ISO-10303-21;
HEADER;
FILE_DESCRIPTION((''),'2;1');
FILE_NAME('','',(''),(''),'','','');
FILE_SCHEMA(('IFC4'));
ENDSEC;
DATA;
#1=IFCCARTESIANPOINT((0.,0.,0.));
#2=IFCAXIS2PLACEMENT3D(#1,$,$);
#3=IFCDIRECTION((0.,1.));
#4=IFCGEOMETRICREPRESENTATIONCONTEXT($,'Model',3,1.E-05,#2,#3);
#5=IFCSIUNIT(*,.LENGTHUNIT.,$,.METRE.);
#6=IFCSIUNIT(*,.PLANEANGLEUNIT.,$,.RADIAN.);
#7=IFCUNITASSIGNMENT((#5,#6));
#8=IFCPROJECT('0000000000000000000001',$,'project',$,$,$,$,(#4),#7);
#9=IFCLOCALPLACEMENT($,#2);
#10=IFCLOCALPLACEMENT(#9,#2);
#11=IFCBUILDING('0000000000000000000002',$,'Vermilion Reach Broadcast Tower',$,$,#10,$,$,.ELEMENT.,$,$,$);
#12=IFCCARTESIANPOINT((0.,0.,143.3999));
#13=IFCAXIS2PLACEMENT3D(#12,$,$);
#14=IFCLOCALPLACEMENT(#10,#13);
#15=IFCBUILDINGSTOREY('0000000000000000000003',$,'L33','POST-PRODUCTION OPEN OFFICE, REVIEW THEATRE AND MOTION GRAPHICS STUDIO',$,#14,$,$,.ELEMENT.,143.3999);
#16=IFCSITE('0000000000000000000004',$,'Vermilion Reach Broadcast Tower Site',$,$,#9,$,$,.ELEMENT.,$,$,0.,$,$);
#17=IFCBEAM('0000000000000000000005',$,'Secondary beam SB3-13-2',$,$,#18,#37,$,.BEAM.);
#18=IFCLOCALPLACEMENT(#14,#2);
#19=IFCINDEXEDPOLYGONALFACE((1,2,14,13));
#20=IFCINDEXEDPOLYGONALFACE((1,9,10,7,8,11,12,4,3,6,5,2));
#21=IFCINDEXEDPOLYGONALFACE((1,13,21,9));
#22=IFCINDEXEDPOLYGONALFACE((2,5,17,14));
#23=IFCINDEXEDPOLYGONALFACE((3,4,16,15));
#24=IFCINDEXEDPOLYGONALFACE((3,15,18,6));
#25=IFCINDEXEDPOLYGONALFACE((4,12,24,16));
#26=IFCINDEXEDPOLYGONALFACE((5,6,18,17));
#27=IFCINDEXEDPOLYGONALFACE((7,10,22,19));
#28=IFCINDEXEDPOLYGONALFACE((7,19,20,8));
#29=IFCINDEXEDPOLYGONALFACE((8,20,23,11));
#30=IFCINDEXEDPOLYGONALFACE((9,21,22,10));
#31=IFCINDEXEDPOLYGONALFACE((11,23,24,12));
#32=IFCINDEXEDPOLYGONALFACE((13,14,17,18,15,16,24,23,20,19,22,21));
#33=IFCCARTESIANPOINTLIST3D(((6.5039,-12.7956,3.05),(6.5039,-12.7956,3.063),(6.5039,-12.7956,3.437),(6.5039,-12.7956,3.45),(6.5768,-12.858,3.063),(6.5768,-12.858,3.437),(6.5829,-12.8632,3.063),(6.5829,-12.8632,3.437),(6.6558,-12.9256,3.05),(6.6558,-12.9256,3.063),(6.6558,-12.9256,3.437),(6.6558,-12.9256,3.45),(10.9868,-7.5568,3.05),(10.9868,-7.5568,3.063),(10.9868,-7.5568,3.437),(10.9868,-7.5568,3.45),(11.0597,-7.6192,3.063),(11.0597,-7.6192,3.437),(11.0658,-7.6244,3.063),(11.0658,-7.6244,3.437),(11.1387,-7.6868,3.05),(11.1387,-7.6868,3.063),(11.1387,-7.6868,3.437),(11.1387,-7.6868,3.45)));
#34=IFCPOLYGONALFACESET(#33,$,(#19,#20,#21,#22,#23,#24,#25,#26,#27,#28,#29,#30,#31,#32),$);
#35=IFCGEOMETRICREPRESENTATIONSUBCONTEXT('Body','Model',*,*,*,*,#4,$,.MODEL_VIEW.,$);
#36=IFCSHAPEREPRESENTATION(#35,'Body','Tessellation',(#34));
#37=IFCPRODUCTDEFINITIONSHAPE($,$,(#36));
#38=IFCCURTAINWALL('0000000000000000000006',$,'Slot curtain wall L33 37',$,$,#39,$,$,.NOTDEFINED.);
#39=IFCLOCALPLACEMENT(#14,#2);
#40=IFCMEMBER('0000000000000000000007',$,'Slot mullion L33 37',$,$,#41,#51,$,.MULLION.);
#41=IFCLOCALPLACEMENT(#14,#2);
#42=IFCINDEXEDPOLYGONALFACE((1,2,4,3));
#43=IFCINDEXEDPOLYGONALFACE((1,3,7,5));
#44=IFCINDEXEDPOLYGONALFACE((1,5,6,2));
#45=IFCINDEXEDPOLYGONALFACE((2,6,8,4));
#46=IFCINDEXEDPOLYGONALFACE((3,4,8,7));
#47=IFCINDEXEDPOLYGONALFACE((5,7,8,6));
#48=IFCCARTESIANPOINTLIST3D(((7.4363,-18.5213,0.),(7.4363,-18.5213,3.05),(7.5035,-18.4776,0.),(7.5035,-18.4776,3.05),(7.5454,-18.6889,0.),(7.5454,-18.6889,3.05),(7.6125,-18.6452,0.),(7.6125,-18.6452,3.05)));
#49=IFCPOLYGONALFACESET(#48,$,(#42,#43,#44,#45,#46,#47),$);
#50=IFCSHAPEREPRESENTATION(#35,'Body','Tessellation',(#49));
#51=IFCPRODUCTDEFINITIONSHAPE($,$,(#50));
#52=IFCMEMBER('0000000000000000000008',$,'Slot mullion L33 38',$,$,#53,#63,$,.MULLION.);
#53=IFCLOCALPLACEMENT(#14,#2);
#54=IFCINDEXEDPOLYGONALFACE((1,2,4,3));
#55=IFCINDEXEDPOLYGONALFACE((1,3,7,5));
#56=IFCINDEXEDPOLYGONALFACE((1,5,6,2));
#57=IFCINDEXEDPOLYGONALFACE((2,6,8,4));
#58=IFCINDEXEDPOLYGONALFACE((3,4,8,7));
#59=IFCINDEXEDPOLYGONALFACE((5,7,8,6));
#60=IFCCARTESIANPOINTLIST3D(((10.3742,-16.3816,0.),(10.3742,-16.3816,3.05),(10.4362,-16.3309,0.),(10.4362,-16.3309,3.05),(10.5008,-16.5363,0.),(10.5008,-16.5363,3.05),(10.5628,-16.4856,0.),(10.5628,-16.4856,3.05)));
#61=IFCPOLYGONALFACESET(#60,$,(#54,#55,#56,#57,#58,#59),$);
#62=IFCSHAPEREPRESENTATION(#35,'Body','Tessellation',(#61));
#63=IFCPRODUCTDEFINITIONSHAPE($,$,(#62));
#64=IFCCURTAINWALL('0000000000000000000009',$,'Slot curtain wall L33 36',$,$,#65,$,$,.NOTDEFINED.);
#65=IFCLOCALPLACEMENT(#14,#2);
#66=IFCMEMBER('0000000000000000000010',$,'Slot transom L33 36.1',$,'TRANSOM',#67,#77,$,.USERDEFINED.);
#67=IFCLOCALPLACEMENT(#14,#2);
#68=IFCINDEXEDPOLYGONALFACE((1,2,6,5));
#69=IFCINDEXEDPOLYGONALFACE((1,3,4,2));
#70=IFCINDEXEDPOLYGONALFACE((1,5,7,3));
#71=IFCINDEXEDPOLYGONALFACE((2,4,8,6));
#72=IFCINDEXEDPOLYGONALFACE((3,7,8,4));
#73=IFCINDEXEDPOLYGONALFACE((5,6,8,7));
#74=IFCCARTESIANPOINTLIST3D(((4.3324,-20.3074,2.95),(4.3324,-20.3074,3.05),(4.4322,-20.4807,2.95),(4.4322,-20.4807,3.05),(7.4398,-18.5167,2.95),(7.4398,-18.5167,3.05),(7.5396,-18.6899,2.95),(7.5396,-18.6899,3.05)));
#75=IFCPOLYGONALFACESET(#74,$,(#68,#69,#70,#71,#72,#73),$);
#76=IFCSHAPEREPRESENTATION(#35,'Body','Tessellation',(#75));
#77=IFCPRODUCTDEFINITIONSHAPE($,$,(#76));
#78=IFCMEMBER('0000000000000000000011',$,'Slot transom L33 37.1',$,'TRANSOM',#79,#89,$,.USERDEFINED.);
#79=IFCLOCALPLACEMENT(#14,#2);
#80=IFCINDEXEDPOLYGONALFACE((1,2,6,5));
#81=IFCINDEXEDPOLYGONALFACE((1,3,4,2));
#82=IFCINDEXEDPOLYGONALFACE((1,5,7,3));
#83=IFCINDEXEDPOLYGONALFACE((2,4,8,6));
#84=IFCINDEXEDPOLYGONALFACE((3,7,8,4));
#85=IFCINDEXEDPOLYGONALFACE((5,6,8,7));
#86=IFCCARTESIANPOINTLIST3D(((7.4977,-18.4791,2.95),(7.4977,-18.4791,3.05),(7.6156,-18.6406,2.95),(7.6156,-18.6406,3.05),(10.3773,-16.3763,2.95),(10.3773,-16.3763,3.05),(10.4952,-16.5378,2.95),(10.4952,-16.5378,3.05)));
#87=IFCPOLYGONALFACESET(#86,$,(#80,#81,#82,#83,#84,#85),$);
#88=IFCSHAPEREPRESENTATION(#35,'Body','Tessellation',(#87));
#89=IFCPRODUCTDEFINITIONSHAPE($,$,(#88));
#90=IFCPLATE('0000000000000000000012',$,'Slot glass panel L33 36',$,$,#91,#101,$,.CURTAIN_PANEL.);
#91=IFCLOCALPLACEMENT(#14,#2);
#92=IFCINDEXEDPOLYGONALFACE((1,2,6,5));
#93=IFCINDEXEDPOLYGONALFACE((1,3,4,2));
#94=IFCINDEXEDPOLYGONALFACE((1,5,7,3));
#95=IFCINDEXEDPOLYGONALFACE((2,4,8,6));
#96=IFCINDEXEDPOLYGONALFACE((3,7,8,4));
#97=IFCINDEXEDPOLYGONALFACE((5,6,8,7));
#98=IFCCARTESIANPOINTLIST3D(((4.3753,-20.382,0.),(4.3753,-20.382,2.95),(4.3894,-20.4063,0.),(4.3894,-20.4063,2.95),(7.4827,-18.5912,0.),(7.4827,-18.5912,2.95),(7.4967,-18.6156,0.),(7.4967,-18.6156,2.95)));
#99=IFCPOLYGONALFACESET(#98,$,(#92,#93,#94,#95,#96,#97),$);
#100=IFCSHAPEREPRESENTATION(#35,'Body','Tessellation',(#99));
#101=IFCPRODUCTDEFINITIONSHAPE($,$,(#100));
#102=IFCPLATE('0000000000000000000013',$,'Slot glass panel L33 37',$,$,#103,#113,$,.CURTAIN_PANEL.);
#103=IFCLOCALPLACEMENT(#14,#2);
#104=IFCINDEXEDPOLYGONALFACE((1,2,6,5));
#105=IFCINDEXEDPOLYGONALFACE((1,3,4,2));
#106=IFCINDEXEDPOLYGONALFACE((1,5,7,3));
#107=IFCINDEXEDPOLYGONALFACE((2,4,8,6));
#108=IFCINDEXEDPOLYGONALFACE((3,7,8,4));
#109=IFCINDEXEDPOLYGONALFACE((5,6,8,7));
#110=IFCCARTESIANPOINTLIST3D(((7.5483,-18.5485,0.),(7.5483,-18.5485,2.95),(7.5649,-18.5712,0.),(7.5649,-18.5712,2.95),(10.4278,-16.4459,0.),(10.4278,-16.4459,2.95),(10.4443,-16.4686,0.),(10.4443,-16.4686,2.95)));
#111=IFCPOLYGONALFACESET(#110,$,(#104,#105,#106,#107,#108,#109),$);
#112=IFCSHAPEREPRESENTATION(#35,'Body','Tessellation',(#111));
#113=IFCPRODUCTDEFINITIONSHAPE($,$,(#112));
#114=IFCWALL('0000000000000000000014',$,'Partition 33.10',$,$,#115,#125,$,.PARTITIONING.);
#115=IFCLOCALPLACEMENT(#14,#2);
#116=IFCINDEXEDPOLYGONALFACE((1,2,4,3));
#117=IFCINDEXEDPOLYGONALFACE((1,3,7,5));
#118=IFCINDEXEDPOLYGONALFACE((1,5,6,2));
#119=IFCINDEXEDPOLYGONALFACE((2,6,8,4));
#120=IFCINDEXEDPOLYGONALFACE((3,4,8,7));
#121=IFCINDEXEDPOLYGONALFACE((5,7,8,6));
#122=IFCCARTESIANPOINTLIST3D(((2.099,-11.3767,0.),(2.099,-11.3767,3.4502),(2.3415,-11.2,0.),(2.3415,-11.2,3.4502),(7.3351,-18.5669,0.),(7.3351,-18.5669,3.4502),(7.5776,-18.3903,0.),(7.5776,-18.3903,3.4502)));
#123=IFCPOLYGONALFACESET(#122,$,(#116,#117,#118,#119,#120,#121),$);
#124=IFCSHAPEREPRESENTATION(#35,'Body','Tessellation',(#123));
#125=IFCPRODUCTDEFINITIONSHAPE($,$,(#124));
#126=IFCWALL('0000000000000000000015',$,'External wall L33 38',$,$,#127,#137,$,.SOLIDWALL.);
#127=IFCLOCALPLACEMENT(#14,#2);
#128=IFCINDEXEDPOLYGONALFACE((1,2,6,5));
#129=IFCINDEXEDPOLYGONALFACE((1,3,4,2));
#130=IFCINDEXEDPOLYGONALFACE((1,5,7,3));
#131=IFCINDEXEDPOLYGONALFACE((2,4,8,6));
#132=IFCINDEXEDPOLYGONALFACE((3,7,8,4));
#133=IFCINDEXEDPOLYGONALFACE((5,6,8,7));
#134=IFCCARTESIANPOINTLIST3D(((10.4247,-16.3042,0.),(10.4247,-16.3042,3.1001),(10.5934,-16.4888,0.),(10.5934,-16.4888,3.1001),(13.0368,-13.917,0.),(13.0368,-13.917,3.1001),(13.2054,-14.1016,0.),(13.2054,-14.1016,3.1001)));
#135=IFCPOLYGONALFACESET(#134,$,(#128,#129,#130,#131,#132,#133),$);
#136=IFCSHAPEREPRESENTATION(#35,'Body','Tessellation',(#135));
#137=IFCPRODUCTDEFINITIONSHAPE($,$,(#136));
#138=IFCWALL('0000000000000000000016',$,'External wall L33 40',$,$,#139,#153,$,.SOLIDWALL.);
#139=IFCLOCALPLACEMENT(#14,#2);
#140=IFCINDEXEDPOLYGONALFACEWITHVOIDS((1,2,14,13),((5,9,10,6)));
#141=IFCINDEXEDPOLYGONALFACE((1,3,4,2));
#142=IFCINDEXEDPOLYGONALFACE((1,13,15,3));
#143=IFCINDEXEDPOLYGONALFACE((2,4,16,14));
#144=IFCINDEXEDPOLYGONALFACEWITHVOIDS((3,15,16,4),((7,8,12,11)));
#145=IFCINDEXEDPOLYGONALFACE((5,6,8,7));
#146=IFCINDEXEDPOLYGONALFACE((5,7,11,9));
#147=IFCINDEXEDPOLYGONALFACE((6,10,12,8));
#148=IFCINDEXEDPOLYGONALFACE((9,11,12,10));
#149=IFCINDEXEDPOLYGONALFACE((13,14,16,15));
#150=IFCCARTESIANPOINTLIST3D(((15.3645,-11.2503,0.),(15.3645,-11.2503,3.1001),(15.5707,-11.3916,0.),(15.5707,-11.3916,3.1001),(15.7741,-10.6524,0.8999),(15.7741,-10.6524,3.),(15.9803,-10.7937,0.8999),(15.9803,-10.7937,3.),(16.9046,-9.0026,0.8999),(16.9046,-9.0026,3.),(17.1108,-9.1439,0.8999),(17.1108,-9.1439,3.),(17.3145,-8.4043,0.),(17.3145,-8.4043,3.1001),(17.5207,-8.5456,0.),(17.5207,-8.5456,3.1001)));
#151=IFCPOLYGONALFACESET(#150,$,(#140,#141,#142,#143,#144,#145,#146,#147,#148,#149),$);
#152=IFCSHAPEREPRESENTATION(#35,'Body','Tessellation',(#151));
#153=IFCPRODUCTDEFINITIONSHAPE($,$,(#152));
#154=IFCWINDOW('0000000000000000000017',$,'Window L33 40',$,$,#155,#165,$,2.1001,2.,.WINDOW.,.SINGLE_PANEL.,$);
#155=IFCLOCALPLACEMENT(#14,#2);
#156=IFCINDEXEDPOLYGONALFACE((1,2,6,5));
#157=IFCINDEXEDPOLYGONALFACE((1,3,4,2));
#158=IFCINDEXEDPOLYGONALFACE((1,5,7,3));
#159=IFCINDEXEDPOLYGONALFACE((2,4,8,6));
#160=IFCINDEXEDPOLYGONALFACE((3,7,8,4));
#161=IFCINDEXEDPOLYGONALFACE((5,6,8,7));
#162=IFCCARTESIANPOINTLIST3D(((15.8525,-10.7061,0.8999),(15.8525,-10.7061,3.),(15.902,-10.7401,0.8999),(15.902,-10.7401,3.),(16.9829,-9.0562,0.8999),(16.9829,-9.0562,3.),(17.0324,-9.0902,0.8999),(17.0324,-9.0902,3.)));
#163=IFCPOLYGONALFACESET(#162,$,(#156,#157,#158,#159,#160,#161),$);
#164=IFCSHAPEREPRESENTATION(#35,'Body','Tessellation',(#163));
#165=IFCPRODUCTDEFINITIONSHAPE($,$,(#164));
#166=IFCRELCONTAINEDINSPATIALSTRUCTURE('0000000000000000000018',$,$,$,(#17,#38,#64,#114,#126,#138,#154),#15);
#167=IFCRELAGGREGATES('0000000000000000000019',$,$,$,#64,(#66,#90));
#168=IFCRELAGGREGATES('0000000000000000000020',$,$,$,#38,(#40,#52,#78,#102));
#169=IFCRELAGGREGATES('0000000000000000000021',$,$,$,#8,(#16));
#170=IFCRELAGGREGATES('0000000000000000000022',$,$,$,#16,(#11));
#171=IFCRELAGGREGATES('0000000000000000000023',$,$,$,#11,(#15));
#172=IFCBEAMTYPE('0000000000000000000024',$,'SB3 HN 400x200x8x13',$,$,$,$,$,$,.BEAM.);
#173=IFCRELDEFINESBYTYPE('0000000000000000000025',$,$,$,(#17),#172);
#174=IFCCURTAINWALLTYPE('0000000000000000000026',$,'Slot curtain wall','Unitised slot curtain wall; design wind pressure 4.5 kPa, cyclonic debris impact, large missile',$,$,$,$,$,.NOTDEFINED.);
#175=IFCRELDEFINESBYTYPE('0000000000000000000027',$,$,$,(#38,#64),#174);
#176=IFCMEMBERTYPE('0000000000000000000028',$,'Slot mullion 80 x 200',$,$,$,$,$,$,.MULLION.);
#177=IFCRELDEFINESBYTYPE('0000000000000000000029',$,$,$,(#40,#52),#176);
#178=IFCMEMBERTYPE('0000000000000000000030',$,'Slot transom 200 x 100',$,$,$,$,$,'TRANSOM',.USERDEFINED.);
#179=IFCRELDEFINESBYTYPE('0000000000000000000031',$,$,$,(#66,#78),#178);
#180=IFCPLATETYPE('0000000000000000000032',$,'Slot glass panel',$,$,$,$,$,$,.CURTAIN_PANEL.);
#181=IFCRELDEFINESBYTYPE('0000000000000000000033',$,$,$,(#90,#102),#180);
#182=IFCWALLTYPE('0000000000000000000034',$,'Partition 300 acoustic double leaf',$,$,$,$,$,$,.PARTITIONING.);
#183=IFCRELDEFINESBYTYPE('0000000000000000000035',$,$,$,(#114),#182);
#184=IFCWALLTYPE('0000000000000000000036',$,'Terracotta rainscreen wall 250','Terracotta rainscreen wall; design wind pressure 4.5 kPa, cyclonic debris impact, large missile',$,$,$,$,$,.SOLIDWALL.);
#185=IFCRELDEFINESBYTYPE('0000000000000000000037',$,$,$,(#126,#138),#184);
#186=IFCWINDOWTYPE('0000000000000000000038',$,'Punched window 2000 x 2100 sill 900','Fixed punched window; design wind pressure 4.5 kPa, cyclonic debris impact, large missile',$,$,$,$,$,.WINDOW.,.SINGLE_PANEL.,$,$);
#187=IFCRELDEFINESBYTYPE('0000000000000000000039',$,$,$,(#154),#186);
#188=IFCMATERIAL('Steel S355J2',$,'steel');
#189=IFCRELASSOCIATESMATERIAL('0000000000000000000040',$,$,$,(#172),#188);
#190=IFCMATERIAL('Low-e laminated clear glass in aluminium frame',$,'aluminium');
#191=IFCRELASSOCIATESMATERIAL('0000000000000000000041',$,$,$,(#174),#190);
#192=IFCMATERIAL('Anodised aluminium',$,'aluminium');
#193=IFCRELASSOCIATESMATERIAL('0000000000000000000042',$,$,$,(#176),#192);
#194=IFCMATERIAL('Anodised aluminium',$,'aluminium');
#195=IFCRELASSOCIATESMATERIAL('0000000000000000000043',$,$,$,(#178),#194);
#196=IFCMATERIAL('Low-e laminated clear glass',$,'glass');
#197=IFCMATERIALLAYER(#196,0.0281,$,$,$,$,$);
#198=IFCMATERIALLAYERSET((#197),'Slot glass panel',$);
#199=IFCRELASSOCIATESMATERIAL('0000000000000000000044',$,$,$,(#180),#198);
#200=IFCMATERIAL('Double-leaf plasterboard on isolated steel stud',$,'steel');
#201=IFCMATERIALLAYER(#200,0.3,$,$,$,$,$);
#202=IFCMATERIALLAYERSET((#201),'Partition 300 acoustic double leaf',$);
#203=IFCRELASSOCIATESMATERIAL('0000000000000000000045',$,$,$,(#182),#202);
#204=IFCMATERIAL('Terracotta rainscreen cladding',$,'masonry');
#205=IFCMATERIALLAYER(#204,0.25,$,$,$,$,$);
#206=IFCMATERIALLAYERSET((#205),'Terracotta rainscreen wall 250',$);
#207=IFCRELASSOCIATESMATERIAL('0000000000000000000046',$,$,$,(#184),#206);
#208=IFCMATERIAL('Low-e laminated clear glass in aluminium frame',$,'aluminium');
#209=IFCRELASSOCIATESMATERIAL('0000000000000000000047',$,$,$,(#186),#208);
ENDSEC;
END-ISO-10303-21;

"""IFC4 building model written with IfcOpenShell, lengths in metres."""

from ifc_helpers import new_model, si_unit, direction, frame, frame_2d, origin, origin_2d, place, context, subcontext, project, spatial, rectangle, i_section, extrude, material, layer, layer_set, material_profile, profile_set, type_object, element, fill, aggregate, save


model = new_model("IFC4")

# Units and contexts
model_context = context("Model", 3, precision=1e-05, world=origin(), true_north=direction((0.0, 1.0)))
body_context = subcontext(model_context, "Body", "Model", "MODEL_VIEW")
ifc_project = project(units=[si_unit("LENGTHUNIT", "METRE"), si_unit("PLANEANGLEUNIT", "RADIAN")], contexts=[model_context])

# Site, building, storey
site_placement = place(None, origin())
site = spatial("IfcSite", under=ifc_project, at=site_placement, Name="Vermilion Reach Broadcast Tower Site", CompositionType="ELEMENT", RefElevation=0.0)
building_placement = place(site_placement, origin())
building = spatial("IfcBuilding", under=site, at=building_placement, Name="Vermilion Reach Broadcast Tower", CompositionType="ELEMENT")
storey_placement = place(building_placement, frame((0.0, 0.0, 143.3999)))
storey = spatial("IfcBuildingStorey", under=building, at=storey_placement, Name="L33", Description="POST-PRODUCTION OPEN OFFICE, REVIEW THEATRE AND MOTION GRAPHICS STUDIO", CompositionType="ELEMENT", Elevation=143.3999)

# Beam
ifc_material_1 = material(Name="Steel S355J2", Category="steel")
ifc_material_profile_1 = material_profile(ifc_material_1, i_section(OverallWidth=0.2, OverallDepth=0.3999, WebThickness=0.0081, FlangeThickness=0.0129, at=origin_2d()), Name="S355J2 HN 400x200x8x13")
ifc_profile_set_1 = profile_set([ifc_material_profile_1], Name="Steel S355J2")
beam_type_1 = type_object("IfcBeamType", Name="SB3 HN 400x200x8x13", PredefinedType="BEAM", material=ifc_profile_set_1)
beam_1_placement = place(storey_placement, frame((6.5798, -12.8606, 3.25), z_axis=(0.650167, 0.759791, 0.0), x_axis=(-0.759791, 0.650167, 0.0)))
element("IfcBeam", 1, at=beam_1_placement, inside=storey, type_object=beam_type_1, Name="Secondary beam SB3-13-2", PredefinedType="BEAM", context=body_context, shape_type="SweptSolid", body=[
    extrude(i_section(OverallWidth=0.2, OverallDepth=0.3999, WebThickness=0.0081, FlangeThickness=0.0129, at=origin_2d()), origin(), (0.0, 0.0, 1.0), 6.895),
])

# Curtain wall, members
ifc_material_2 = material(Name="Low-e laminated clear glass in aluminium frame", Category="aluminium")
curtain_wall_type = type_object("IfcCurtainWallType", Name="Slot curtain wall", Description="Unitised slot curtain wall; design wind pressure 4.5 kPa, cyclonic debris impact, large missile", PredefinedType="NOTDEFINED", material=ifc_material_2)
placement = place(storey_placement, origin())
curtain_wall_1 = element("IfcCurtainWall", 2, at=placement, inside=storey, type_object=curtain_wall_type, Name="Slot curtain wall L33 37", PredefinedType="NOTDEFINED")
ifc_material_3 = material(Name="Anodised aluminium", Category="aluminium")
ifc_material_profile_2 = material_profile(ifc_material_3, rectangle(XDim=0.2, YDim=0.0801, at=origin_2d()), Name="Slot mullion 80 x 200")
ifc_profile_set_2 = profile_set([ifc_material_profile_2], Name="Anodised aluminium")
member_type_1 = type_object("IfcMemberType", Name="Slot mullion 80 x 200", PredefinedType="MULLION", material=ifc_profile_set_2)
member_1_placement = place(storey_placement, frame((7.5244, -18.5833, 0.0), z_axis=(0.0, 0.0, 1.0), x_axis=(-0.545311, 0.838234, 0.0)))
member_1 = element("IfcMember", 3, at=member_1_placement, type_object=member_type_1, Name="Slot mullion L33 37", PredefinedType="MULLION", context=body_context, shape_type="SweptSolid", body=[
    extrude(rectangle(XDim=0.2, YDim=0.0801, at=origin_2d()), origin(), (0.0, 0.0, 1.0), 3.05),
])
member_2_placement = place(storey_placement, frame((10.4685, -16.4336, 0.0), z_axis=(0.0, 0.0, 1.0), x_axis=(-0.633124, 0.77405, 0.0)))
member_2 = element("IfcMember", 4, at=member_2_placement, type_object=member_type_1, Name="Slot mullion L33 38", PredefinedType="MULLION", context=body_context, shape_type="SweptSolid", body=[
    extrude(rectangle(XDim=0.2, YDim=0.0801, at=origin_2d()), origin(), (0.0, 0.0, 1.0), 3.05),
])

# Curtain wall, member
curtain_wall_2 = element("IfcCurtainWall", 5, at=placement, inside=storey, type_object=curtain_wall_type, Name="Slot curtain wall L33 36", PredefinedType="NOTDEFINED")
ifc_material_4 = material(Name="Anodised aluminium", Category="aluminium")
ifc_material_profile_3 = material_profile(ifc_material_4, rectangle(XDim=0.2, YDim=0.1001, at=origin_2d()), Name="Slot transom 200 x 100")
ifc_profile_set_3 = profile_set([ifc_material_profile_3], Name="Anodised aluminium")
member_type_2 = type_object("IfcMemberType", Name="Slot transom 200 x 100", ElementType="TRANSOM", PredefinedType="USERDEFINED", material=ifc_profile_set_3)
member_3_placement = place(storey_placement, frame((4.3823, -20.394, 3.0), z_axis=(0.866423, 0.49931, 0.0), x_axis=(-0.49931, 0.866423, 0.0)))
member_3 = element("IfcMember", 6, at=member_3_placement, type_object=member_type_2, Name="Slot transom L33 36.1", ObjectType="TRANSOM", PredefinedType="USERDEFINED", context=body_context, shape_type="SweptSolid", body=[
    extrude(rectangle(XDim=0.2, YDim=0.1001, at=origin_2d()), origin(), (0.0, 0.0, 1.0), 3.5864),
])

# Member
member_4_placement = place(storey_placement, frame((7.5566, -18.5598, 3.0), z_axis=(0.807601, 0.58973, 0.0), x_axis=(-0.58973, 0.807601, 0.0)))
member_4 = element("IfcMember", 7, at=member_4_placement, type_object=member_type_2, Name="Slot transom L33 37.1", ObjectType="TRANSOM", PredefinedType="USERDEFINED", context=body_context, shape_type="SweptSolid", body=[
    extrude(rectangle(XDim=0.2, YDim=0.1001, at=origin_2d()), origin(), (0.0, 0.0, 1.0), 3.5657),
])

# Plates
ifc_material_5 = material(Name="Low-e laminated clear glass", Category="glass")
ifc_layer_1 = layer(ifc_material_5, 0.0281)
ifc_layer_set_1 = layer_set([ifc_layer_1], Name="Slot glass panel")
plate_type = type_object("IfcPlateType", Name="Slot glass panel", PredefinedType="CURTAIN_PANEL", material=ifc_layer_set_1)
plate_1_placement = place(storey_placement, frame((5.936, -19.4988, 0.0), z_axis=(0.0, 0.0, 1.0), x_axis=(0.866424, 0.499309, 0.0)))
plate_1 = element("IfcPlate", 8, at=plate_1_placement, type_object=plate_type, Name="Slot glass panel L33 36", PredefinedType="CURTAIN_PANEL", context=body_context, shape_type="SweptSolid", body=[
    extrude(rectangle(XDim=3.5864, YDim=0.0281, at=origin_2d()), origin(), (0.0, 0.0, 1.0), 2.95),
])
aggregate(curtain_wall_2, [member_3, plate_1])
plate_2_placement = place(storey_placement, frame((8.9963, -17.5085, 0.0), z_axis=(0.0, 0.0, 1.0), x_axis=(0.807604, 0.589726, 0.0)))
plate_2 = element("IfcPlate", 9, at=plate_2_placement, type_object=plate_type, Name="Slot glass panel L33 37", PredefinedType="CURTAIN_PANEL", context=body_context, shape_type="SweptSolid", body=[
    extrude(rectangle(XDim=3.5654, YDim=0.0281, at=origin_2d()), origin(), (0.0, 0.0, 1.0), 2.95),
])
aggregate(curtain_wall_1, [member_1, member_2, member_4, plate_2])

# Walls
ifc_material_6 = material(Name="Double-leaf plasterboard on isolated steel stud", Category="steel")
ifc_layer_2 = layer(ifc_material_6, 0.3)
ifc_layer_set_2 = layer_set([ifc_layer_2], Name="Partition 300 acoustic double leaf")
wall_type_1 = type_object("IfcWallType", Name="Partition 300 acoustic double leaf", PredefinedType="PARTITIONING", material=ifc_layer_set_2)
wall_1_placement = place(storey_placement, frame((7.4563, -18.4785, 0.0), z_axis=(0.0, 0.0, 1.0), x_axis=(-0.588676, 0.808369, 0.0)))
element("IfcWall", 10, at=wall_1_placement, inside=storey, type_object=wall_type_1, Name="Partition 33.10", PredefinedType="PARTITIONING", context=body_context, shape_type="SweptSolid", body=[
    extrude(rectangle(XDim=8.8948, YDim=0.3, at=frame_2d((4.4473, 0.0))), origin(), (0.0, 0.0, 1.0), 3.4502),
])
ifc_material_7 = material(Name="Terracotta rainscreen cladding", Category="masonry")
ifc_layer_3 = layer(ifc_material_7, 0.25)
ifc_layer_set_3 = layer_set([ifc_layer_3], Name="Terracotta rainscreen wall 250")
wall_type_2 = type_object("IfcWallType", Name="Terracotta rainscreen wall 250", Description="Terracotta rainscreen wall; design wind pressure 4.5 kPa, cyclonic debris impact, large missile", PredefinedType="SOLIDWALL", material=ifc_layer_set_3)
wall_2_placement = place(storey_placement, frame((10.509, -16.3965, 0.0), z_axis=(0.0, 0.0, 1.0), x_axis=(0.738164, 0.674621, 0.0)))
element("IfcWall", 11, at=wall_2_placement, inside=storey, type_object=wall_type_2, Name="External wall L33 38", PredefinedType="SOLIDWALL", context=body_context, shape_type="SweptSolid", body=[
    extrude(rectangle(XDim=3.5386, YDim=0.25, at=frame_2d((1.7693, 0.0))), origin(), (0.0, 0.0, 1.0), 3.1001),
])

# Wall, opening, window
wall_3_placement = place(storey_placement, frame((15.4675, -11.321, 0.0), z_axis=(0.0, 0.0, 1.0), x_axis=(0.565222, 0.824939, 0.0)))
wall_3 = element("IfcWall", 12, at=wall_3_placement, inside=storey, type_object=wall_type_2, Name="External wall L33 40", PredefinedType="SOLIDWALL", context=body_context, shape_type="SweptSolid", body=[
    extrude(rectangle(XDim=3.45, YDim=0.25, at=frame_2d((1.7251, 0.0))), origin(), (0.0, 0.0, 1.0), 3.1001),
])
opening_1_placement = place(wall_3_placement, frame((0.7249, 0.0, 0.8999)))
opening_1 = element("IfcOpeningElement", 13, at=opening_1_placement, cuts=wall_3, PredefinedType="OPENING", context=body_context, shape_type="SweptSolid", body=[
    extrude(rectangle(XDim=2.0, YDim=2.1001, at=frame_2d((1.0, 1.05))), frame((0.0, 0.135, 0.0), z_axis=(0.0, -1.0, 0.0), x_axis=(1.0, 0.0, 0.0)), (0.0, 0.0, 1.0), 0.27),
])
ifc_material_8 = material(Name="Low-e laminated clear glass in aluminium frame", Category="aluminium")
window_type = type_object("IfcWindowType", Name="Punched window 2000 x 2100 sill 900", Description="Fixed punched window; design wind pressure 4.5 kPa, cyclonic debris impact, large missile", PartitioningType="SINGLE_PANEL", PredefinedType="WINDOW", material=ifc_material_8)
window_placement = place(opening_1_placement, origin())
window = element("IfcWindow", 14, at=window_placement, inside=storey, type_object=window_type, Name="Window L33 40", OverallHeight=2.1001, OverallWidth=2.0, PartitioningType="SINGLE_PANEL", PredefinedType="WINDOW", context=body_context, shape_type="SweptSolid", body=[
    extrude(rectangle(XDim=2.0, YDim=2.1001, at=frame_2d((1.0, 1.05))), frame((0.0, 0.03, 0.0), z_axis=(0.0, -1.0, 0.0), x_axis=(1.0, 0.0, 0.0)), (0.0, 0.0, 1.0), 0.0601),
])
fill(opening_1, window)

save(model, "model.ifc")
